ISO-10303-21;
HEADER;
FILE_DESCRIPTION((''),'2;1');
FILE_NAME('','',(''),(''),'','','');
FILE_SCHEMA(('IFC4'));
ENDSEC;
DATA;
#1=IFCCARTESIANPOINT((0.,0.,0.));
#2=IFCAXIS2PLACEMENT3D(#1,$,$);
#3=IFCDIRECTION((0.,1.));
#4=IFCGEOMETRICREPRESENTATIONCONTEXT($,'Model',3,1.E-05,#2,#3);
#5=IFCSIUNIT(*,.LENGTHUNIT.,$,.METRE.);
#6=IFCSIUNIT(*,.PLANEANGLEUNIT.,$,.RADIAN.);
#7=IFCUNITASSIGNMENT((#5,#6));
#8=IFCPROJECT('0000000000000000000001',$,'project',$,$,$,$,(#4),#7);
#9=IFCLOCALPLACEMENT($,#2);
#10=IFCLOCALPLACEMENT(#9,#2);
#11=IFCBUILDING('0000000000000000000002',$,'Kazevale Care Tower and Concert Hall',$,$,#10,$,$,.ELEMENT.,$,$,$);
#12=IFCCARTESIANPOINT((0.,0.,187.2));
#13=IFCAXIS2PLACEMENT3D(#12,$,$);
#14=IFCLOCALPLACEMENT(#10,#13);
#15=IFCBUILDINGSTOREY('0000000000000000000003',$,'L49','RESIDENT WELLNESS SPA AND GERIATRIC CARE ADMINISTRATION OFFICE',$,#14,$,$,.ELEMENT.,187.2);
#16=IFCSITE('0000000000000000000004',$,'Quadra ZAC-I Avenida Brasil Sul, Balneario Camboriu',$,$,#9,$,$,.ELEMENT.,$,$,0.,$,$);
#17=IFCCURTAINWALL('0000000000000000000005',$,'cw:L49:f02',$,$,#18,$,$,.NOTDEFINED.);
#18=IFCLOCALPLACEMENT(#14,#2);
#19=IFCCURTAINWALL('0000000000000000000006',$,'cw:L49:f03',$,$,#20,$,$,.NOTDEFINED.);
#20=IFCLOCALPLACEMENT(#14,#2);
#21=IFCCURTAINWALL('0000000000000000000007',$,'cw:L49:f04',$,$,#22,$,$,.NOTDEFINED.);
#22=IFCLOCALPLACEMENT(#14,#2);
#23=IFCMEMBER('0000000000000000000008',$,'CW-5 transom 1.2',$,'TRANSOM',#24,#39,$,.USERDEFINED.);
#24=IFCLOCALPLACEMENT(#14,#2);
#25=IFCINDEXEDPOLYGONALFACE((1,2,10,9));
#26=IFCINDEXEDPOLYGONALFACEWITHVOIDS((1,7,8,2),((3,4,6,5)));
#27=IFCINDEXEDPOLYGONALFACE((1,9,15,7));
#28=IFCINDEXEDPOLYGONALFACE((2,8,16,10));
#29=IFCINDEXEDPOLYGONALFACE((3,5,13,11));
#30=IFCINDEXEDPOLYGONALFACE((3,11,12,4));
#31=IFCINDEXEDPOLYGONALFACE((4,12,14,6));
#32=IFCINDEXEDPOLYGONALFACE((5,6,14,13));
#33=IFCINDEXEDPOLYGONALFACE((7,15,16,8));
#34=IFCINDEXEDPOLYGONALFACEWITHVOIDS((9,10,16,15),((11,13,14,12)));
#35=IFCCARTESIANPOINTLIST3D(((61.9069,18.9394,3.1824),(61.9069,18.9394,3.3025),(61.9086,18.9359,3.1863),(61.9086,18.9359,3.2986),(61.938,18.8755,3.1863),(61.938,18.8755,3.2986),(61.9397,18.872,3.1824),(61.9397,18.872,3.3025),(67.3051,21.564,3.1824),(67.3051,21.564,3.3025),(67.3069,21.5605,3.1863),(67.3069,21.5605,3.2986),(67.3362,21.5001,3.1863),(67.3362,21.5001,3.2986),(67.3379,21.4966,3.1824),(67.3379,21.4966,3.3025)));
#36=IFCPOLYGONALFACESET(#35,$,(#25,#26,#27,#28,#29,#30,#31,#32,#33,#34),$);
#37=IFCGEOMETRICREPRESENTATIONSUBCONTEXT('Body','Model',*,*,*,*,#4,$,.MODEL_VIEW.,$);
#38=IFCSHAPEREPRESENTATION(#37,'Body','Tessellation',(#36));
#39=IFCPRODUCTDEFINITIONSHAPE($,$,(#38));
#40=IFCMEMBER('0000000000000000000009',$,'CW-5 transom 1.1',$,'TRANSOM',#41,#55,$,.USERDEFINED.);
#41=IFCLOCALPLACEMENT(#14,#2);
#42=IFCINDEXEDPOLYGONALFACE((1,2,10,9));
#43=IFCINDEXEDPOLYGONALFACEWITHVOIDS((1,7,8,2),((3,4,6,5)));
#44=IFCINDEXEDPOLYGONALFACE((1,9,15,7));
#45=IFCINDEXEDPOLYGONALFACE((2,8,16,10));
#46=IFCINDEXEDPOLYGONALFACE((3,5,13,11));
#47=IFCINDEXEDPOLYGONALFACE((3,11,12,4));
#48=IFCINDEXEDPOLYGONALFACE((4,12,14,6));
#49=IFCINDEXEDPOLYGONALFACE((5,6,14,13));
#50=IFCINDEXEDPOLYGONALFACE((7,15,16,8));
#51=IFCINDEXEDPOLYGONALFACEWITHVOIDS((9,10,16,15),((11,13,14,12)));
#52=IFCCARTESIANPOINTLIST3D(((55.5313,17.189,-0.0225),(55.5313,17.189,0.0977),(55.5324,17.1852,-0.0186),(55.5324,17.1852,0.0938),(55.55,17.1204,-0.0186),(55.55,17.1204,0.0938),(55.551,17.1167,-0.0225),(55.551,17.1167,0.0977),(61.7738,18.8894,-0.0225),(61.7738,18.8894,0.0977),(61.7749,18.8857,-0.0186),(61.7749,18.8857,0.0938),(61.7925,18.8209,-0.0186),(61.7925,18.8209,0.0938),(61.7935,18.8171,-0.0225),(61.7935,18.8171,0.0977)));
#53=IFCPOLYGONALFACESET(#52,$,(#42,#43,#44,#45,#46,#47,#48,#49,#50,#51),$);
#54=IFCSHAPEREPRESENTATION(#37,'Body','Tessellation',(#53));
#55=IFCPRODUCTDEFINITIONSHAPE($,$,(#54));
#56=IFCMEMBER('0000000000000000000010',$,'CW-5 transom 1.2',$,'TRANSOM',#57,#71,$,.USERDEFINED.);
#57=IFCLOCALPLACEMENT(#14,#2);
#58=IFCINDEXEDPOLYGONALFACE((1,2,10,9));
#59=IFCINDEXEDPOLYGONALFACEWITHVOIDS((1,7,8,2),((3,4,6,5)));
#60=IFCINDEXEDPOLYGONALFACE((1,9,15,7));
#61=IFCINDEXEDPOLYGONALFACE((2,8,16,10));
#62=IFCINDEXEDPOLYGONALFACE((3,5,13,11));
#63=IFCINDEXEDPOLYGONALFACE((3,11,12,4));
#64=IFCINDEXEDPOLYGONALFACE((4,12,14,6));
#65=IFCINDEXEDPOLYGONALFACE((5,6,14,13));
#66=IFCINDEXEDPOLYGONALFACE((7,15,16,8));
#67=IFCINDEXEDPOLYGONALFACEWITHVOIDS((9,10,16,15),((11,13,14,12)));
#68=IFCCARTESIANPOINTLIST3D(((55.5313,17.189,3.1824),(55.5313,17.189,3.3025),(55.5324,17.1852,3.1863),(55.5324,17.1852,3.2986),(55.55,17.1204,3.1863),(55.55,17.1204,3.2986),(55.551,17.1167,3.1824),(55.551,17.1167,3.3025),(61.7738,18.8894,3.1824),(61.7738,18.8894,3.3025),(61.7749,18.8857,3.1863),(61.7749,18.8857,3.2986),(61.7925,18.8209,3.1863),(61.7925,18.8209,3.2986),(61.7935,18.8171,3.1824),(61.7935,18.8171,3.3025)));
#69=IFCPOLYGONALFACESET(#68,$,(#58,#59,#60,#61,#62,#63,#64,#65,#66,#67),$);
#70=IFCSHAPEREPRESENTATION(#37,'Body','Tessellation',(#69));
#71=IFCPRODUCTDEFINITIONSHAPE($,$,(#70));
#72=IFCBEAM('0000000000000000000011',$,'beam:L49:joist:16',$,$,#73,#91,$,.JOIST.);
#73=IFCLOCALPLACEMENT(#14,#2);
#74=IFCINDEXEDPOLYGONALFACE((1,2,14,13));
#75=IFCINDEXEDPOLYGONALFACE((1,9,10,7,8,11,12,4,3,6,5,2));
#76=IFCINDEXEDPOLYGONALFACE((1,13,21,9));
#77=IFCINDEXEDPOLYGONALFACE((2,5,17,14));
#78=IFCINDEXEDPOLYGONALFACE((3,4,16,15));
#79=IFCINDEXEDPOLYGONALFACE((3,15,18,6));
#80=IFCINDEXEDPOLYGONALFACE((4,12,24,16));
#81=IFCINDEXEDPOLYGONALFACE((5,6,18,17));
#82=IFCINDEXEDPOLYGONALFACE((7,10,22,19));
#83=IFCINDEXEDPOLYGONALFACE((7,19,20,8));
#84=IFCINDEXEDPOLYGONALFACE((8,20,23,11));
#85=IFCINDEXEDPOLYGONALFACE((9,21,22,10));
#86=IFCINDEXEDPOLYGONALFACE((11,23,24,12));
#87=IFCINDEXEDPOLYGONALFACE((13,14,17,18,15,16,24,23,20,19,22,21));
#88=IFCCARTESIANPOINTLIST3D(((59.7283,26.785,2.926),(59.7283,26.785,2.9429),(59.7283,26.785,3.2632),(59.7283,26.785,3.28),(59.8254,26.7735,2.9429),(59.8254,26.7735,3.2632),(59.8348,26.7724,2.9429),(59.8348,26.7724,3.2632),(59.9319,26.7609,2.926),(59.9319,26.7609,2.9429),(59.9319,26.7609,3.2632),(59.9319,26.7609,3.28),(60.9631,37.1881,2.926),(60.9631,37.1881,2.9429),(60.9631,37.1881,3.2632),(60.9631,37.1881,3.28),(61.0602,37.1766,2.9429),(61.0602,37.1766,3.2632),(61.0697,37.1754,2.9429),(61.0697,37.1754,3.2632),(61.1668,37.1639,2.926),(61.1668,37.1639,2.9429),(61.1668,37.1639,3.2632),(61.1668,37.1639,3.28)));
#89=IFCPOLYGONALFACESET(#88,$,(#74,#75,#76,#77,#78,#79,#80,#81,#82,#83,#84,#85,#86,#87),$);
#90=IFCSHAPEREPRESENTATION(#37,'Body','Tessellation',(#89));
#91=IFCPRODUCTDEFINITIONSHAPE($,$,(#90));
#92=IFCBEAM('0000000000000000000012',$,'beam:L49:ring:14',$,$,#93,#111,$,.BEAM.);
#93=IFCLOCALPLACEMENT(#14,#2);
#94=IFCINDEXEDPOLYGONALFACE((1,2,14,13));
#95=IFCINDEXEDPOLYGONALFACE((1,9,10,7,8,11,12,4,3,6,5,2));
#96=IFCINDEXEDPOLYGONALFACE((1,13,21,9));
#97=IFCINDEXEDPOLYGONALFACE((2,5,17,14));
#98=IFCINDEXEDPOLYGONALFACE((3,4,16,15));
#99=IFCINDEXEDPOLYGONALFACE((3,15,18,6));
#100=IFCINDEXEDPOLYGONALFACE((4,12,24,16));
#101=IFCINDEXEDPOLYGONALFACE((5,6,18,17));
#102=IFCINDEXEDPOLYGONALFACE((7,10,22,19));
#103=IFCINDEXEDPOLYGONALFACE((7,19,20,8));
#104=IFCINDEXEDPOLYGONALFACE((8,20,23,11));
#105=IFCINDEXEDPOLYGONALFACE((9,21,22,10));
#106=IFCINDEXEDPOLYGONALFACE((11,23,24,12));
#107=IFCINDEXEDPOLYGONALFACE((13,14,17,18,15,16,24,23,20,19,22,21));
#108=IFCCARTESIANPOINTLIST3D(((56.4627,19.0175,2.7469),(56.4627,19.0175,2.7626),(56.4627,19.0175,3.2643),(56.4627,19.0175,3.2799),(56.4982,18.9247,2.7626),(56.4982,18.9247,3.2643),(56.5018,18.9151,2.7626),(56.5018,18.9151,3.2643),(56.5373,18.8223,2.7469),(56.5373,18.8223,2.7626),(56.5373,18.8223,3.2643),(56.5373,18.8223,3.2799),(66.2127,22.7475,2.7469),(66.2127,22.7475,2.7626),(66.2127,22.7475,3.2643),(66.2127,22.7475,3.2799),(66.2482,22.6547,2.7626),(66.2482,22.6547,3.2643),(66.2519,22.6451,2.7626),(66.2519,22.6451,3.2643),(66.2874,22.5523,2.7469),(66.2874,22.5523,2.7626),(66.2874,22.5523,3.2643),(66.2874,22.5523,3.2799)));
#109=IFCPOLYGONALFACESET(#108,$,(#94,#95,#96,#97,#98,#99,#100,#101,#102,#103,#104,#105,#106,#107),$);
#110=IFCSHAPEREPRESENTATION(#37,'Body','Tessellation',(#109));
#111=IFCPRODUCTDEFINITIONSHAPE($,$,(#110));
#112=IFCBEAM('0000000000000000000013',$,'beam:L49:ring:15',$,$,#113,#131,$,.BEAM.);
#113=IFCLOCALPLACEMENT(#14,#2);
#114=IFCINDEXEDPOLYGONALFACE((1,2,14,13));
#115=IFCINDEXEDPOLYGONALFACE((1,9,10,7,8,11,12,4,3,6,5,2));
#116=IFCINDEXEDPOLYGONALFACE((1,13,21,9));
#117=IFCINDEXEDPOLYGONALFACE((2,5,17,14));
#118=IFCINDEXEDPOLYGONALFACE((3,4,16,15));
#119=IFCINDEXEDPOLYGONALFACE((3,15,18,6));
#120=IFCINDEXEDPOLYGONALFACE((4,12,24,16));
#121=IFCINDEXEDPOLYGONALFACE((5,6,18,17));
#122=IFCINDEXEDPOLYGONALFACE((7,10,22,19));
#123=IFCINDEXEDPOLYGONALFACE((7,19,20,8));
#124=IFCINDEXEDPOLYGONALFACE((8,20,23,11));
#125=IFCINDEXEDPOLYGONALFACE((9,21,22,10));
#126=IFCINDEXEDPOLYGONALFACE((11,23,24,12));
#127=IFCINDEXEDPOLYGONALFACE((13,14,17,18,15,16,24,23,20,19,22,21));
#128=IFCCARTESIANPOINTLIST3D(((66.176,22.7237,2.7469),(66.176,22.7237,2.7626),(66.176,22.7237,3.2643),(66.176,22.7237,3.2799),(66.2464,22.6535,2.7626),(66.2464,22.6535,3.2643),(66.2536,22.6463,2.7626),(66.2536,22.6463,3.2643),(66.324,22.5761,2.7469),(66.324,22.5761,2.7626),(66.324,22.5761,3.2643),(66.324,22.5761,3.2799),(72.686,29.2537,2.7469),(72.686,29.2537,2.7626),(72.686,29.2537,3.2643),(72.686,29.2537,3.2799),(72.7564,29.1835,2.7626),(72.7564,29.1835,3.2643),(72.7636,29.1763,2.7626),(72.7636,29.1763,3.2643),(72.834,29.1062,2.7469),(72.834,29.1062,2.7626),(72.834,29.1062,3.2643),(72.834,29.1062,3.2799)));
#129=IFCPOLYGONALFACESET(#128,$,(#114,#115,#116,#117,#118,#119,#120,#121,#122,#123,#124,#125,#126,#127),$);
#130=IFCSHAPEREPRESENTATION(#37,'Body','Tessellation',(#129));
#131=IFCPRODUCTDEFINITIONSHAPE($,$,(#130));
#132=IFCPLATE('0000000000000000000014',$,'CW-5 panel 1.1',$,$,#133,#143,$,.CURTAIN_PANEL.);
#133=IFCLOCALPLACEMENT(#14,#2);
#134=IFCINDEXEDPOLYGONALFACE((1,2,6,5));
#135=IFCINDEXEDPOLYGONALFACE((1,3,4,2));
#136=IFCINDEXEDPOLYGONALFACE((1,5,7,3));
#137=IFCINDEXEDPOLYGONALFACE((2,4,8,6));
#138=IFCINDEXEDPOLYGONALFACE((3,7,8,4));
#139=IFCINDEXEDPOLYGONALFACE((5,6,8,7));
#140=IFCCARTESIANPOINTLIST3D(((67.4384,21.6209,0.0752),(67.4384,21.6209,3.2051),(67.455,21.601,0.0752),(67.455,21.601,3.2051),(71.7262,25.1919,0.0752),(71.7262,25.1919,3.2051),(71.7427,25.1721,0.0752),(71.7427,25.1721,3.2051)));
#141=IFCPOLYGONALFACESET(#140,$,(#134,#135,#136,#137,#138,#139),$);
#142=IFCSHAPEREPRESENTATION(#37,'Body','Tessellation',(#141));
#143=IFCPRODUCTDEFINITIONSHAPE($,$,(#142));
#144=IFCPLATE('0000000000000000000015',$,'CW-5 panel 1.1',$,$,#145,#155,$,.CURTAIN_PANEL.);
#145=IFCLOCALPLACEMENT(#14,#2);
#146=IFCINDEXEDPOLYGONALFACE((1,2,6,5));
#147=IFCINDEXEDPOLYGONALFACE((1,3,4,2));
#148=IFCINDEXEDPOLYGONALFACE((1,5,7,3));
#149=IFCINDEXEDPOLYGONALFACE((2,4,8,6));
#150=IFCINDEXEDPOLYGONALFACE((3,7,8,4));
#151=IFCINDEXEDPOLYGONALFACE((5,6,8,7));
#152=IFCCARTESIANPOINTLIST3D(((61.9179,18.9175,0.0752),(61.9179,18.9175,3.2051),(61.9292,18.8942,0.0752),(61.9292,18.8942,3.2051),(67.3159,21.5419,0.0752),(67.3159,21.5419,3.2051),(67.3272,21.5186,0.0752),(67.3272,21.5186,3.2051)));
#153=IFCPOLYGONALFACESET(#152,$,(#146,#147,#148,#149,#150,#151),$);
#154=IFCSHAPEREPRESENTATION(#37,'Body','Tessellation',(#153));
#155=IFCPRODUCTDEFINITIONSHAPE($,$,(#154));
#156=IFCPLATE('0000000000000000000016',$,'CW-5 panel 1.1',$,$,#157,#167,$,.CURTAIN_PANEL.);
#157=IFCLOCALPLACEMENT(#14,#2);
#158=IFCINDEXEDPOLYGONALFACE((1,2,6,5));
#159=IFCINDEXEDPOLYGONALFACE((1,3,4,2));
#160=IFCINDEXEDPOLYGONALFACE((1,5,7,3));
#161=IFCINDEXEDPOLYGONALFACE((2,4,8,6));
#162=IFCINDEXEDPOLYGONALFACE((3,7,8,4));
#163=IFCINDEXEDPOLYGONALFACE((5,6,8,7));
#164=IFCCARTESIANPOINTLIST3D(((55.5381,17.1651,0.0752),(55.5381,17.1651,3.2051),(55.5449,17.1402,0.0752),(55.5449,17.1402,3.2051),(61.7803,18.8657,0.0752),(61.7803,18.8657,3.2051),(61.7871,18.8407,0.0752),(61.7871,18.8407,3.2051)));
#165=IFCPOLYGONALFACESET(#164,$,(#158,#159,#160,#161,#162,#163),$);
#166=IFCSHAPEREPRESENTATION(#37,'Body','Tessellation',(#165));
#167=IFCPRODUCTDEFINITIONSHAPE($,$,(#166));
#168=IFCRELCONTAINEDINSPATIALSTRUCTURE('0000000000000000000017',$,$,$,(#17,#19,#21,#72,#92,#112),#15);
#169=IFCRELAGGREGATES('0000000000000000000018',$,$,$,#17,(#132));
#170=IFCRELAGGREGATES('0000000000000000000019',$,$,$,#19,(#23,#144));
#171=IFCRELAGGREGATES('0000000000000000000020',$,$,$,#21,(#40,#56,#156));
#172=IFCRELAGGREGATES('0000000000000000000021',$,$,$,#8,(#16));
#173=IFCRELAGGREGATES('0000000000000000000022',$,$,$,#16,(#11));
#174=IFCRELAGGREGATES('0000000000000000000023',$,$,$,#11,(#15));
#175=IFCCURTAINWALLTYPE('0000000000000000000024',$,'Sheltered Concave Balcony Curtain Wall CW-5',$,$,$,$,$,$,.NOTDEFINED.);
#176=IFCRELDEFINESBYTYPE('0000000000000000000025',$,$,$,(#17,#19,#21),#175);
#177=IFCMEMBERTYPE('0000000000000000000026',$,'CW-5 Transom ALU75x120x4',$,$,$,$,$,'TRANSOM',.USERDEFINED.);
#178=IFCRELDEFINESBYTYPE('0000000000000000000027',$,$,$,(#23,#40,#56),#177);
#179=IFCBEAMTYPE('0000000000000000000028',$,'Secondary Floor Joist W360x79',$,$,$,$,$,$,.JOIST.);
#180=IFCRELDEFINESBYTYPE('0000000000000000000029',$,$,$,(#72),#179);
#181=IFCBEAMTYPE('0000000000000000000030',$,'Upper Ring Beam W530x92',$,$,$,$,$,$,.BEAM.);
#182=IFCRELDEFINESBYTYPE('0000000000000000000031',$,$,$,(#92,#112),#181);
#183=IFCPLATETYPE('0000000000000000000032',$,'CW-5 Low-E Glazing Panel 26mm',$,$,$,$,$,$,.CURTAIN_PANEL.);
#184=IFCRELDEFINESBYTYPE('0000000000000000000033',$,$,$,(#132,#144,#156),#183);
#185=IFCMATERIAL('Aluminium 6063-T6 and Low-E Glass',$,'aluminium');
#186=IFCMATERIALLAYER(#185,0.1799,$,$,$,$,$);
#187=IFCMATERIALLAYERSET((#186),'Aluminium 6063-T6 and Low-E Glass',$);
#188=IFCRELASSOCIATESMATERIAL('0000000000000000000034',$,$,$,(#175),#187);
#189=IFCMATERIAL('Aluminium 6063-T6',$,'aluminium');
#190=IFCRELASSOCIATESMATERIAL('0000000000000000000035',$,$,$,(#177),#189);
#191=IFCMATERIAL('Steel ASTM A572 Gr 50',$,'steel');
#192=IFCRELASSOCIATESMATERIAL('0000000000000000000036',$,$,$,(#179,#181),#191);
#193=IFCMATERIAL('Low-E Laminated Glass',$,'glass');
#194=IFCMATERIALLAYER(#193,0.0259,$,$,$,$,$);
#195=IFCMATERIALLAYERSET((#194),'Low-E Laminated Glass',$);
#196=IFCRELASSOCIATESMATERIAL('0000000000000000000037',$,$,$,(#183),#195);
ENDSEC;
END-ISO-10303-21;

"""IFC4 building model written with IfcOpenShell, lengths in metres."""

from ifc_helpers import new_model, si_unit, direction, frame, origin, origin_2d, place, context, subcontext, project, spatial, rectangle, hollow_rectangle, i_section, extrude, material, layer, layer_set, material_profile, profile_set, type_object, element, aggregate, save


model = new_model("IFC4")

# Units and contexts
model_context = context("Model", 3, precision=1e-05, world=origin(), true_north=direction((0.0, 1.0)))
body_context = subcontext(model_context, "Body", "Model", "MODEL_VIEW")
ifc_project = project(units=[si_unit("LENGTHUNIT", "METRE"), si_unit("PLANEANGLEUNIT", "RADIAN")], contexts=[model_context])

# Site, building, storey
site_placement = place(None, origin())
site = spatial("IfcSite", under=ifc_project, at=site_placement, Name="Quadra ZAC-I Avenida Brasil Sul, Balneario Camboriu", CompositionType="ELEMENT", RefElevation=0.0)
building_placement = place(site_placement, origin())
building = spatial("IfcBuilding", under=site, at=building_placement, Name="Kazevale Care Tower and Concert Hall", CompositionType="ELEMENT")
storey_placement = place(building_placement, frame((0.0, 0.0, 187.2)))
storey = spatial("IfcBuildingStorey", under=building, at=storey_placement, Name="L49", Description="RESIDENT WELLNESS SPA AND GERIATRIC CARE ADMINISTRATION OFFICE", CompositionType="ELEMENT", Elevation=187.2)

# Curtain walls
ifc_material_1 = material(Name="Aluminium 6063-T6 and Low-E Glass", Category="aluminium")
ifc_layer_1 = layer(ifc_material_1, 0.1799)
ifc_layer_set_1 = layer_set([ifc_layer_1], Name="Aluminium 6063-T6 and Low-E Glass")
curtain_wall_type = type_object("IfcCurtainWallType", Name="Sheltered Concave Balcony Curtain Wall CW-5", PredefinedType="NOTDEFINED", material=ifc_layer_set_1)
curtain_wall_1_placement = place(storey_placement, origin())
curtain_wall_1 = element("IfcCurtainWall", 1, at=curtain_wall_1_placement, inside=storey, type_object=curtain_wall_type, Name="cw:L49:f02", PredefinedType="NOTDEFINED")
ifc_material_2 = material(Name="Aluminium 6063-T6", Category="aluminium")
curtain_wall_2_placement = place(storey_placement, origin())
curtain_wall_2 = element("IfcCurtainWall", 2, at=curtain_wall_2_placement, inside=storey, type_object=curtain_wall_type, Name="cw:L49:f03", PredefinedType="NOTDEFINED")

# Curtain wall
curtain_wall_3_placement = place(storey_placement, origin())
curtain_wall_3 = element("IfcCurtainWall", 3, at=curtain_wall_3_placement, inside=storey, type_object=curtain_wall_type, Name="cw:L49:f04", PredefinedType="NOTDEFINED")

# Members
ifc_material_profile_1 = material_profile(ifc_material_2, hollow_rectangle(XDim=0.075, YDim=0.1201, WallThickness=0.0039, at=origin_2d()), Name="ALU75x120x4")
ifc_profile_set_1 = profile_set([ifc_material_profile_1], Name="Aluminium 6063-T6")
member_type_1 = type_object("IfcMemberType", Name="CW-5 Transom ALU75x120x4", ElementType="TRANSOM", PredefinedType="USERDEFINED", material=ifc_profile_set_1)
member_1_placement = place(storey_placement, frame((67.3215, 21.5303, 3.2424), z_axis=(-0.899342, -0.437245, 0.0), x_axis=(0.437245, -0.899342, 0.0)))
member_1 = element("IfcMember", 4, at=member_1_placement, type_object=member_type_1, Name="CW-5 transom 1.2", ObjectType="TRANSOM", PredefinedType="USERDEFINED", context=body_context, shape_type="SweptSolid", body=[
    extrude(hollow_rectangle(XDim=0.075, YDim=0.1201, WallThickness=0.0039, at=origin_2d()), origin(), (0.0, 0.0, 1.0), 6.0024),
])
member_2_placement = place(storey_placement, frame((61.7837, 18.8533, 0.0376), z_axis=(-0.964844, -0.262824, 0.0), x_axis=(0.262824, -0.964844, 0.0)))
member_2 = element("IfcMember", 5, at=member_2_placement, type_object=member_type_1, Name="CW-5 transom 1.1", ObjectType="TRANSOM", PredefinedType="USERDEFINED", context=body_context, shape_type="SweptSolid", body=[
    extrude(hollow_rectangle(XDim=0.075, YDim=0.1201, WallThickness=0.0039, at=origin_2d()), origin(), (0.0, 0.0, 1.0), 6.47),
])
member_3_placement = place(storey_placement, frame((61.7837, 18.8533, 3.2424), z_axis=(-0.964844, -0.262824, 0.0), x_axis=(0.262824, -0.964844, 0.0)))
member_3 = element("IfcMember", 6, at=member_3_placement, type_object=member_type_1, Name="CW-5 transom 1.2", ObjectType="TRANSOM", PredefinedType="USERDEFINED", context=body_context, shape_type="SweptSolid", body=[
    extrude(hollow_rectangle(XDim=0.075, YDim=0.1201, WallThickness=0.0039, at=origin_2d()), origin(), (0.0, 0.0, 1.0), 6.47),
])

# Beams
ifc_material_3 = material(Name="Steel ASTM A572 Gr 50", Category="steel")
ifc_material_profile_2 = material_profile(ifc_material_3, i_section(OverallWidth=0.2051, OverallDepth=0.354, WebThickness=0.0095, FlangeThickness=0.0168, at=origin_2d()), Name="W360x79")
ifc_profile_set_2 = profile_set([ifc_material_profile_2], Name="Steel ASTM A572 Gr 50")
beam_type_1 = type_object("IfcBeamType", Name="Secondary Floor Joist W360x79", PredefinedType="JOIST", material=ifc_profile_set_2)
beam_1_placement = place(storey_placement, frame((59.8301, 26.7729, 3.103), z_axis=(0.117874, 0.993029, 0.0), x_axis=(-0.993029, 0.117874, 0.0)))
element("IfcBeam", 7, at=beam_1_placement, inside=storey, type_object=beam_type_1, Name="beam:L49:joist:16", PredefinedType="JOIST", context=body_context, shape_type="SweptSolid", body=[
    extrude(i_section(OverallWidth=0.2051, OverallDepth=0.354, WebThickness=0.0095, FlangeThickness=0.0168, at=origin_2d()), origin(), (0.0, 0.0, 1.0), 10.4761),
])
ifc_material_profile_3 = material_profile(ifc_material_3, i_section(OverallWidth=0.209, OverallDepth=0.533, WebThickness=0.0103, FlangeThickness=0.0156, at=origin_2d()), Name="W530x92")
ifc_profile_set_3 = profile_set([ifc_material_profile_3], Name="Steel ASTM A572 Gr 50")
beam_type_2 = type_object("IfcBeamType", Name="Upper Ring Beam W530x92", PredefinedType="BEAM", material=ifc_profile_set_3)
beam_2_placement = place(storey_placement, frame((56.5, 18.9199, 3.0134), z_axis=(0.933987, 0.357308, 0.0), x_axis=(-0.357308, 0.933987, 0.0)))
element("IfcBeam", 8, at=beam_2_placement, inside=storey, type_object=beam_type_2, Name="beam:L49:ring:14", PredefinedType="BEAM", context=body_context, shape_type="SweptSolid", body=[
    extrude(i_section(OverallWidth=0.209, OverallDepth=0.533, WebThickness=0.0103, FlangeThickness=0.0156, at=origin_2d()), origin(), (0.0, 0.0, 1.0), 10.4392),
])
beam_3_placement = place(storey_placement, frame((66.25, 22.6499, 3.0134), z_axis=(0.70602, 0.708192, 0.0), x_axis=(-0.708192, 0.70602, 0.0)))
element("IfcBeam", 9, at=beam_3_placement, inside=storey, type_object=beam_type_2, Name="beam:L49:ring:15", PredefinedType="BEAM", context=body_context, shape_type="SweptSolid", body=[
    extrude(i_section(OverallWidth=0.209, OverallDepth=0.533, WebThickness=0.0103, FlangeThickness=0.0156, at=origin_2d()), origin(), (0.0, 0.0, 1.0), 9.2207),
])

# Plates
ifc_material_4 = material(Name="Low-E Laminated Glass", Category="glass")
ifc_layer_2 = layer(ifc_material_4, 0.0259)
ifc_layer_set_2 = layer_set([ifc_layer_2], Name="Low-E Laminated Glass")
plate_type = type_object("IfcPlateType", Name="CW-5 Low-E Glazing Panel 26mm", PredefinedType="CURTAIN_PANEL", material=ifc_layer_set_2)
plate_1_placement = place(storey_placement, frame((69.5906, 23.3965, 0.0752), z_axis=(0.0, 0.0, 1.0), x_axis=(-0.768407, -0.639961, 0.0)))
plate_1 = element("IfcPlate", 10, at=plate_1_placement, type_object=plate_type, Name="CW-5 panel 1.1", PredefinedType="CURTAIN_PANEL", context=body_context, shape_type="SweptSolid", body=[
    extrude(rectangle(XDim=5.5801, YDim=0.0259, at=origin_2d()), origin(), (0.0, 0.0, 1.0), 3.1299),
])
aggregate(curtain_wall_1, [plate_1])
plate_2_placement = place(storey_placement, frame((64.6226, 20.218, 0.0752), z_axis=(0.0, 0.0, 1.0), x_axis=(-0.899346, -0.437238, 0.0)))
plate_2 = element("IfcPlate", 11, at=plate_2_placement, type_object=plate_type, Name="CW-5 panel 1.1", PredefinedType="CURTAIN_PANEL", context=body_context, shape_type="SweptSolid", body=[
    extrude(rectangle(XDim=6.0022, YDim=0.0259, at=origin_2d()), origin(), (0.0, 0.0, 1.0), 3.1299),
])
aggregate(curtain_wall_2, [member_1, plate_2])
plate_3_placement = place(storey_placement, frame((58.6626, 18.0029, 0.0752), z_axis=(0.0, 0.0, 1.0), x_axis=(-0.964837, -0.262849, 0.0)))
plate_3 = element("IfcPlate", 12, at=plate_3_placement, type_object=plate_type, Name="CW-5 panel 1.1", PredefinedType="CURTAIN_PANEL", context=body_context, shape_type="SweptSolid", body=[
    extrude(rectangle(XDim=6.4697, YDim=0.0259, at=origin_2d()), origin(), (0.0, 0.0, 1.0), 3.1299),
])
aggregate(curtain_wall_3, [member_2, member_3, plate_3])

save(model, "model.ifc")
